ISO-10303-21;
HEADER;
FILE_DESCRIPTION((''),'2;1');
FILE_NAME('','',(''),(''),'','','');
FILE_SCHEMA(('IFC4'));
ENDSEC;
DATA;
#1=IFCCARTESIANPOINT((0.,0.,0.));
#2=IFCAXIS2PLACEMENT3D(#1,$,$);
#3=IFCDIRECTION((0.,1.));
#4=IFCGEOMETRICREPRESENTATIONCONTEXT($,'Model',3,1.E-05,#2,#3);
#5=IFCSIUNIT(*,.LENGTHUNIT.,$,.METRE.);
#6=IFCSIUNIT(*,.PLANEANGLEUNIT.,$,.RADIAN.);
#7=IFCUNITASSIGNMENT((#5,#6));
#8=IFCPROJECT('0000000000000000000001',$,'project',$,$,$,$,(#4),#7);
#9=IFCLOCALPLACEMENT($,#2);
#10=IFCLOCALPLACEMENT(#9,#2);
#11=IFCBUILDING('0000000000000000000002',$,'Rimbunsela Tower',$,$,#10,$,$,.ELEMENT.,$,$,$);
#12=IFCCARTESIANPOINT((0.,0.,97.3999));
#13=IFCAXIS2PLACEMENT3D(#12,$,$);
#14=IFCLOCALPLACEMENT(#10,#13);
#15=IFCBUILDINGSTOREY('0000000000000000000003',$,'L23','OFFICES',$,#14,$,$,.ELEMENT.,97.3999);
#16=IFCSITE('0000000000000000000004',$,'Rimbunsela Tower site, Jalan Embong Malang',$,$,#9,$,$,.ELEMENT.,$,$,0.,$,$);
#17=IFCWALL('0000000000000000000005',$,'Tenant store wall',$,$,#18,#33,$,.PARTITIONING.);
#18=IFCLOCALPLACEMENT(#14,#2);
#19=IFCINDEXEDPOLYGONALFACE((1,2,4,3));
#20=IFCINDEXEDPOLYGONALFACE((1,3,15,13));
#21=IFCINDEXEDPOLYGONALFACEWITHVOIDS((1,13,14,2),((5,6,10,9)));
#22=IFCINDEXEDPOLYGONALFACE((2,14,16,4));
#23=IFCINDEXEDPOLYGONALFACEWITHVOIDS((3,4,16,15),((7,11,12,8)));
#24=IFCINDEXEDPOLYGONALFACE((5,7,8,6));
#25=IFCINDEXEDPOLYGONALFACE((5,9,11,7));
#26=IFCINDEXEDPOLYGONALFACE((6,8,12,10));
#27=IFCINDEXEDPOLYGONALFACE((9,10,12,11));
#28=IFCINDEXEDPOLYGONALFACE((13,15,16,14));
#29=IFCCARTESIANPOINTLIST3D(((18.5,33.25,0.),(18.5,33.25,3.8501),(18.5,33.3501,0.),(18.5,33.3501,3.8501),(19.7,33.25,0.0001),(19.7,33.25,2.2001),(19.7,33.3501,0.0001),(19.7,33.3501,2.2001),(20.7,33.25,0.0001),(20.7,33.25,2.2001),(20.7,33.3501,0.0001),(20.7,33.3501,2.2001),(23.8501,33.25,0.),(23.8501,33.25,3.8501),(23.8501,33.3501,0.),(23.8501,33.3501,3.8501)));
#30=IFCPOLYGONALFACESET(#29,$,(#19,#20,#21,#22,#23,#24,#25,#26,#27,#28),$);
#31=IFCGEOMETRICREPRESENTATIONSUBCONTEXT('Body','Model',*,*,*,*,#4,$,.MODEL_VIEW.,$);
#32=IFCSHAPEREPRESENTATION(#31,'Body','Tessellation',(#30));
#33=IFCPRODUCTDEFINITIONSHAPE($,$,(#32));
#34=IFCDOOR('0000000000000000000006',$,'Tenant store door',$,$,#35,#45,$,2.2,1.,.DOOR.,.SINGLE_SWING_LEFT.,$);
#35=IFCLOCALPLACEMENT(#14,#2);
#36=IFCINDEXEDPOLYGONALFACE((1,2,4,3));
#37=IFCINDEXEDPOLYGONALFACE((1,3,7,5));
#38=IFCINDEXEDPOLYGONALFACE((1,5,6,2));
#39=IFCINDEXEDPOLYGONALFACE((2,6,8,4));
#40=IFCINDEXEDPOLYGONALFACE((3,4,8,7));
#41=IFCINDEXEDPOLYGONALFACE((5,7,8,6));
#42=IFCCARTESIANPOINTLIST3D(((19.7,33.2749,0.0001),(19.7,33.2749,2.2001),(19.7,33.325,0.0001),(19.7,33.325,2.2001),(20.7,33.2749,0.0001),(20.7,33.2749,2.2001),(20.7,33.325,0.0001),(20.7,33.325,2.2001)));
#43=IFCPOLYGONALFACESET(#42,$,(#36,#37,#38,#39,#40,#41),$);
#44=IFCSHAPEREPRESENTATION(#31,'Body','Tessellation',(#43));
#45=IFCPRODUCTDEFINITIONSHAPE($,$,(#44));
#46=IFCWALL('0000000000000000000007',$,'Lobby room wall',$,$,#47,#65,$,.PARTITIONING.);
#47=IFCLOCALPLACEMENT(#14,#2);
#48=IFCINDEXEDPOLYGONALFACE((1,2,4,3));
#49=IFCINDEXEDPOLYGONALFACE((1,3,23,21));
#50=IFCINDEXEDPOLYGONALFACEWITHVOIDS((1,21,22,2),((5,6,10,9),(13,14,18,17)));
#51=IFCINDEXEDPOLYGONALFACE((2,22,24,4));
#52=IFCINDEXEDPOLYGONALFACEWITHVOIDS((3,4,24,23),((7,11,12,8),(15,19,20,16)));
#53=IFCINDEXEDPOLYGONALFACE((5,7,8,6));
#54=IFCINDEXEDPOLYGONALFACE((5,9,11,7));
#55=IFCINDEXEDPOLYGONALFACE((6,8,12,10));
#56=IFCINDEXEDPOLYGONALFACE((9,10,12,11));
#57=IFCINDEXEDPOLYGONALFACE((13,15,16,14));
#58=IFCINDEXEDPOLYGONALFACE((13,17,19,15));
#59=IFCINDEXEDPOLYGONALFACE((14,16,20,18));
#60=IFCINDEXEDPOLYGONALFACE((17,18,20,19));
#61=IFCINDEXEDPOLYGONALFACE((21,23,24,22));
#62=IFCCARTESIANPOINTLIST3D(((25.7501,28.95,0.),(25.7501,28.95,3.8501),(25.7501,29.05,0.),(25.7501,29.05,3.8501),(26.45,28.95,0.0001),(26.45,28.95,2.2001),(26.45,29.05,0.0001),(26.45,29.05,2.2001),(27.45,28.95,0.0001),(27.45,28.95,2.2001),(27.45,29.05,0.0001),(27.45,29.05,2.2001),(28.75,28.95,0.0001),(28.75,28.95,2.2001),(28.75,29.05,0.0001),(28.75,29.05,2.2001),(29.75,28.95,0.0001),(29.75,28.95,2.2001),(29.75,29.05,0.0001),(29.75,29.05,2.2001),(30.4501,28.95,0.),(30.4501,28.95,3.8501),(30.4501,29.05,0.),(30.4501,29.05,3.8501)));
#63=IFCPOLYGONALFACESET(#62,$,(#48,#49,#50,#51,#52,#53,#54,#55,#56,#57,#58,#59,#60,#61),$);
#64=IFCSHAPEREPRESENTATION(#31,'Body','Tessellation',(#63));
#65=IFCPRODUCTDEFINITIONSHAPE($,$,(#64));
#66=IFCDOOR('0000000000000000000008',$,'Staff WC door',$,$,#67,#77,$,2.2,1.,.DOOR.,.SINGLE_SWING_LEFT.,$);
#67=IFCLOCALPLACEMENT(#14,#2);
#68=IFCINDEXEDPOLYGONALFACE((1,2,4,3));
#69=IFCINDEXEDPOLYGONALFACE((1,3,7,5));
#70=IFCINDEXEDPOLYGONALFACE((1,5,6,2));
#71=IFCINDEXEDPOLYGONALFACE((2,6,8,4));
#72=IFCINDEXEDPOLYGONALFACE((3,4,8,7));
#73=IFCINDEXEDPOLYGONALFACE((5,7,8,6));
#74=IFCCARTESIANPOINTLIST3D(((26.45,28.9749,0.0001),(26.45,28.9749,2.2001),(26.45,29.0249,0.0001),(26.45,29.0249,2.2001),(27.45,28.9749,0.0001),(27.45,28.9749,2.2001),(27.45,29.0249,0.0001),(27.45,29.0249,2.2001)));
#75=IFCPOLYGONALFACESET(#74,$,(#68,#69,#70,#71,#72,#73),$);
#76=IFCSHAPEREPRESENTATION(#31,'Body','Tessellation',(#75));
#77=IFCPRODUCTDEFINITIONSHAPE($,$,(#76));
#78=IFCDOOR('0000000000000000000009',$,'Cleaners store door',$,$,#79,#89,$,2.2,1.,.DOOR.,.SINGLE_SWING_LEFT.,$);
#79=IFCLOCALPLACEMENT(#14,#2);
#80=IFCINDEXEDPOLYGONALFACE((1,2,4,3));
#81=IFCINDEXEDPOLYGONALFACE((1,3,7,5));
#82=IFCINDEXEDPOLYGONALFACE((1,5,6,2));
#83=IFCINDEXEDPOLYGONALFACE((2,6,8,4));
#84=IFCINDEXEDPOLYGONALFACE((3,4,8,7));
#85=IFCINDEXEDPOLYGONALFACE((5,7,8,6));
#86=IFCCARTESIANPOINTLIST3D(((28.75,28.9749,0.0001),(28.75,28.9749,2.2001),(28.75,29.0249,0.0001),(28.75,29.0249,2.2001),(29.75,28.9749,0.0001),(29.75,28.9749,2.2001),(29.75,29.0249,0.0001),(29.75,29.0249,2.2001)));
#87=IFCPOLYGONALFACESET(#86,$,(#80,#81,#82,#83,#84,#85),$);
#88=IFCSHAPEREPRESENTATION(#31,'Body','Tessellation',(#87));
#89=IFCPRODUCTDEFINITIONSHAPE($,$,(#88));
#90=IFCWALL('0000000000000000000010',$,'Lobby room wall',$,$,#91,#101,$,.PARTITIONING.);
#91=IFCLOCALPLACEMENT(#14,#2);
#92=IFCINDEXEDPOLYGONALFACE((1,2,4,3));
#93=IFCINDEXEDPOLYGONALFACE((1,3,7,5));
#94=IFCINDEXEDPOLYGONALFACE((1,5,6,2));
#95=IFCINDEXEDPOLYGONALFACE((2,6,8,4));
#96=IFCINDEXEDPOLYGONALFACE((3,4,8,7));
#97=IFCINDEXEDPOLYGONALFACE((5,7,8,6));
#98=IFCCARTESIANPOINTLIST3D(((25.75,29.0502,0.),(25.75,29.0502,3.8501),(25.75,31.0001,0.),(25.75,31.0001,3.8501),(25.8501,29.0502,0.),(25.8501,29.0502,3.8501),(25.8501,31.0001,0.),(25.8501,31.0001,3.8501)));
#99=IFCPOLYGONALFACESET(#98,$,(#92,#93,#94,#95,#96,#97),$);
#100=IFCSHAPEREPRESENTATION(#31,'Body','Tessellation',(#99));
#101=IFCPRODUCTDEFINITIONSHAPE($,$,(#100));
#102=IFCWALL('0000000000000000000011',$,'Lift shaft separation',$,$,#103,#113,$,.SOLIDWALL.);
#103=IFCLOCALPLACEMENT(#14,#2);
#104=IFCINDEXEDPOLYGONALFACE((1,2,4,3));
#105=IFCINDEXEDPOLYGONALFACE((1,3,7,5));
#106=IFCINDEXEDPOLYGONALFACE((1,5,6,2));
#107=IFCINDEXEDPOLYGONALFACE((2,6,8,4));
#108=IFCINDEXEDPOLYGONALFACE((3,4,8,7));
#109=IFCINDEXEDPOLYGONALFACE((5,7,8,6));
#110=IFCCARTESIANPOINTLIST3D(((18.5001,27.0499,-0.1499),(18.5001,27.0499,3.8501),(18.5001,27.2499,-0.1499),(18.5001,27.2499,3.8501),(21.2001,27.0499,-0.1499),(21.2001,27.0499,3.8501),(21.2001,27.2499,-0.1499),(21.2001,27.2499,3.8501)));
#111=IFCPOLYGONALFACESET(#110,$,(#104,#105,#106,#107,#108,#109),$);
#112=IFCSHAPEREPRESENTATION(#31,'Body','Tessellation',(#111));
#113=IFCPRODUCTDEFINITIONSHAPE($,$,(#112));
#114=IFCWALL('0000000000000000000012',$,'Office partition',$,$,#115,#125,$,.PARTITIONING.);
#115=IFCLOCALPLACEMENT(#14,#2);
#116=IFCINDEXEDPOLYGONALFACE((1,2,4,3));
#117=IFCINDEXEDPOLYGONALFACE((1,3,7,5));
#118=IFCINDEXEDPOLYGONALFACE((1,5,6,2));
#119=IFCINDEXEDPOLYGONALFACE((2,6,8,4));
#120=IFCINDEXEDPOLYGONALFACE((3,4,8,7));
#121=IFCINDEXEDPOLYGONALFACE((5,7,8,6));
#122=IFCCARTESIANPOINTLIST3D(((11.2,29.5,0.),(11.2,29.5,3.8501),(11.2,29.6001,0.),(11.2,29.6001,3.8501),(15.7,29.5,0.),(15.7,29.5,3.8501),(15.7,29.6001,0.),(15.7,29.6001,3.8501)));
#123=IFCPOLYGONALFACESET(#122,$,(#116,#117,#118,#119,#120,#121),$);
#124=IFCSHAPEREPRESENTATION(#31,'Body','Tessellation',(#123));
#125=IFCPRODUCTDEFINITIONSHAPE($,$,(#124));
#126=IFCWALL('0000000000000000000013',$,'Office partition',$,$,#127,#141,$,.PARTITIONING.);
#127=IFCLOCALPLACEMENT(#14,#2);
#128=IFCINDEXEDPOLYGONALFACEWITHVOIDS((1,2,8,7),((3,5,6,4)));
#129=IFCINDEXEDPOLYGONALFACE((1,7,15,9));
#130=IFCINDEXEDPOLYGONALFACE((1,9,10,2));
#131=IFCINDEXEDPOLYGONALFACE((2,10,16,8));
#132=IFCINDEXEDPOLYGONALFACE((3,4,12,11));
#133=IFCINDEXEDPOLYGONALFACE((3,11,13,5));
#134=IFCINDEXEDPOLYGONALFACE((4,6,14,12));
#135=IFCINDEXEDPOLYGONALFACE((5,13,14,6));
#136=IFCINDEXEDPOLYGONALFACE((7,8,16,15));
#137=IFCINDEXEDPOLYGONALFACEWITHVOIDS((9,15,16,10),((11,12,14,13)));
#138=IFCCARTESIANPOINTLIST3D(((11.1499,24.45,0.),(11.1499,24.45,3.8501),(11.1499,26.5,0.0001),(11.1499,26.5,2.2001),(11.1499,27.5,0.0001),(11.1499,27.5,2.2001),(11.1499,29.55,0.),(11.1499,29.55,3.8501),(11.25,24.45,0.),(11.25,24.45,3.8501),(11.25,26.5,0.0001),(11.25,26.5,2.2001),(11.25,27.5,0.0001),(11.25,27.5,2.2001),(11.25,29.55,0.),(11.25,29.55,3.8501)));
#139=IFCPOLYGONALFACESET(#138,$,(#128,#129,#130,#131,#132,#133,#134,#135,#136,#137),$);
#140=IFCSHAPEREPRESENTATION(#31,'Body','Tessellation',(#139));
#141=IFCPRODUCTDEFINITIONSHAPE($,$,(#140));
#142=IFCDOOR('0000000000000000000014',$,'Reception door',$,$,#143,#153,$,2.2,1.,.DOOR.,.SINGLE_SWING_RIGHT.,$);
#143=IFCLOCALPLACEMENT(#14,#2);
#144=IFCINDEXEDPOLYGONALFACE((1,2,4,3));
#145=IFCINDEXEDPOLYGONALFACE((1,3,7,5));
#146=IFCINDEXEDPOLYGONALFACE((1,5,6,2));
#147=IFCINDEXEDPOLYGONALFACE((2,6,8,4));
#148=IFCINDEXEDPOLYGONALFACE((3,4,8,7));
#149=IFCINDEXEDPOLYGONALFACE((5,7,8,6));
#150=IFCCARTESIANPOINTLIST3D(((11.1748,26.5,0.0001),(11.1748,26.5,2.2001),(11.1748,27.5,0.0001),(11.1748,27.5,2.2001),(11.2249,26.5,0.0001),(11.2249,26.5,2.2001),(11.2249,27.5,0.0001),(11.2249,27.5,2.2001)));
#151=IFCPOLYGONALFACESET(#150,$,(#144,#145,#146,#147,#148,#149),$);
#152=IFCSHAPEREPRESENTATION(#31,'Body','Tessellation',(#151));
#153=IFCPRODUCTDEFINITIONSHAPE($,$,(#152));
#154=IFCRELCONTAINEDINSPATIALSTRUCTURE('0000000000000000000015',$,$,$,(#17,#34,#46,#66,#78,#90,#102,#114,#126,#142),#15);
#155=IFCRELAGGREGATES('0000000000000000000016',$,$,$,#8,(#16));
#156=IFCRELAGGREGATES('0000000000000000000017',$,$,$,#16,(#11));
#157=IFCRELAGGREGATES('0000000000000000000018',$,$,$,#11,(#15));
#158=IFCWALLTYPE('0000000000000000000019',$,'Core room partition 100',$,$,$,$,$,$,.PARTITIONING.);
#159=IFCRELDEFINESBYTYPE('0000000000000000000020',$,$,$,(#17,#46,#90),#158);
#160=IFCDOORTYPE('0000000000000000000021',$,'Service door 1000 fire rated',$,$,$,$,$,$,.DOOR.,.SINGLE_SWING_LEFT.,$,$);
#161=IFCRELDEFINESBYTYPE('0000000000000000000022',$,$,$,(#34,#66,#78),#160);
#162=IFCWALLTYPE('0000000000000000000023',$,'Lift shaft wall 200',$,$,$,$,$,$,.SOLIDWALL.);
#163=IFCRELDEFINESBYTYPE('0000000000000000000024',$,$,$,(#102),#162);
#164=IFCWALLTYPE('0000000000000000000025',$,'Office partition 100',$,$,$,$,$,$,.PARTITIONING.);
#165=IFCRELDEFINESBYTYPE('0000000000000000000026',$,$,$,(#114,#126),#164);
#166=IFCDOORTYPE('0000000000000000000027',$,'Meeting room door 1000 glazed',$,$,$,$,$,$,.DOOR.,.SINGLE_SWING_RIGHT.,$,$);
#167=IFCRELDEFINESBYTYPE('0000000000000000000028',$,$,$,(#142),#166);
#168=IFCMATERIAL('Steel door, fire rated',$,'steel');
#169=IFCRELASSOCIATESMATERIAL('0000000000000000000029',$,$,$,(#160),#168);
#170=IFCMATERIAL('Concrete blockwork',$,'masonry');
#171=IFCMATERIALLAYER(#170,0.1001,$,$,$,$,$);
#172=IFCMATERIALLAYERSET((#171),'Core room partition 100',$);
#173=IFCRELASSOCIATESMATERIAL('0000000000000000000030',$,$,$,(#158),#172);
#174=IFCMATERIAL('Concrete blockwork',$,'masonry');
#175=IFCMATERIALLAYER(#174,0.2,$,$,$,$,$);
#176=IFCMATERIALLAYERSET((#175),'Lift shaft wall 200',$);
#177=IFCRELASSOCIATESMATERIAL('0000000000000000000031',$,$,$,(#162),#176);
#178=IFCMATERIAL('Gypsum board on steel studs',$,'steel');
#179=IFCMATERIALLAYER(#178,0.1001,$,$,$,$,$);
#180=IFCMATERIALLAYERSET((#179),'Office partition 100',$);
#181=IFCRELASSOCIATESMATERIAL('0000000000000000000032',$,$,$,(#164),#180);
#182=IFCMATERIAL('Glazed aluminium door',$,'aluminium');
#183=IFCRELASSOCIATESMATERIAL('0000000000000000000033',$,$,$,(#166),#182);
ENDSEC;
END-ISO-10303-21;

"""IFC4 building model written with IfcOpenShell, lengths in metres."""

from ifc_helpers import new_model, si_unit, direction, frame, frame_2d, origin, place, context, subcontext, project, spatial, rectangle, extrude, material, layer, layer_set, type_object, element, fill, save


model = new_model("IFC4")

# Units and contexts
model_context = context("Model", 3, precision=1e-05, world=origin(), true_north=direction((0.0, 1.0)))
body_context = subcontext(model_context, "Body", "Model", "MODEL_VIEW")
ifc_project = project(units=[si_unit("LENGTHUNIT", "METRE"), si_unit("PLANEANGLEUNIT", "RADIAN")], contexts=[model_context])

# Site, building, storey
site_placement = place(None, origin())
site = spatial("IfcSite", under=ifc_project, at=site_placement, Name="Rimbunsela Tower site, Jalan Embong Malang", CompositionType="ELEMENT", RefElevation=0.0)
building_placement = place(site_placement, origin())
building = spatial("IfcBuilding", under=site, at=building_placement, Name="Rimbunsela Tower", CompositionType="ELEMENT")
storey_placement = place(building_placement, frame((0.0, 0.0, 97.3999)))
storey = spatial("IfcBuildingStorey", under=building, at=storey_placement, Name="L23", Description="OFFICES", CompositionType="ELEMENT", Elevation=97.3999)

# Shared definitions
ifc_material_1 = material(Name="Steel door, fire rated", Category="steel")
door_type_1 = type_object("IfcDoorType", Name="Service door 1000 fire rated", OperationType="SINGLE_SWING_LEFT", PredefinedType="DOOR", material=ifc_material_1)

# Wall, opening, door
ifc_material_2 = material(Name="Concrete blockwork", Category="masonry")
ifc_layer_1 = layer(ifc_material_2, 0.1001)
ifc_layer_set_1 = layer_set([ifc_layer_1], Name="Core room partition 100")
wall_type_1 = type_object("IfcWallType", Name="Core room partition 100", PredefinedType="PARTITIONING", material=ifc_layer_set_1)
wall_1_placement = place(storey_placement, frame((18.5, 33.3, 0.0), z_axis=(0.0, 0.0, 1.0), x_axis=(1.0, 0.0, 0.0)))
wall_1 = element("IfcWall", 1, at=wall_1_placement, inside=storey, type_object=wall_type_1, Name="Tenant store wall", PredefinedType="PARTITIONING", context=body_context, shape_type="SweptSolid", body=[
    extrude(rectangle(XDim=5.3501, YDim=0.1001, at=frame_2d((2.675, 0.0))), origin(), (0.0, 0.0, 1.0), 3.8501),
])
opening_1_placement = place(wall_1_placement, frame((1.2, 0.0, 0.0)))
opening_1 = element("IfcOpeningElement", 2, at=opening_1_placement, cuts=wall_1, PredefinedType="OPENING", context=body_context, shape_type="SweptSolid", body=[
    extrude(rectangle(XDim=1.0, YDim=2.2, at=frame_2d((0.5, 1.1001))), frame((0.0, 0.0601, 0.0), z_axis=(0.0, -1.0, 0.0), x_axis=(1.0, 0.0, 0.0)), (0.0, 0.0, 1.0), 0.1201),
])
door_1_placement = place(opening_1_placement, origin())
door_1 = element("IfcDoor", 3, at=door_1_placement, inside=storey, type_object=door_type_1, Name="Tenant store door", OperationType="SINGLE_SWING_LEFT", OverallHeight=2.2, OverallWidth=1.0, PredefinedType="DOOR", context=body_context, shape_type="SweptSolid", body=[
    extrude(rectangle(XDim=1.0, YDim=2.2, at=frame_2d((0.5, 1.1001))), frame((0.0, 0.0249, 0.0), z_axis=(0.0, -1.0, 0.0), x_axis=(1.0, 0.0, 0.0)), (0.0, 0.0, 1.0), 0.05),
])
fill(opening_1, door_1)

# Wall, openings, doors
wall_2_placement = place(storey_placement, frame((25.75, 29.0, 0.0), z_axis=(0.0, 0.0, 1.0), x_axis=(1.0, 0.0, 0.0)))
wall_2 = element("IfcWall", 4, at=wall_2_placement, inside=storey, type_object=wall_type_1, Name="Lobby room wall", PredefinedType="PARTITIONING", context=body_context, shape_type="SweptSolid", body=[
    extrude(rectangle(XDim=4.7, YDim=0.1001, at=frame_2d((2.3501, 0.0))), origin(), (0.0, 0.0, 1.0), 3.8501),
])
opening_2_placement = place(wall_2_placement, frame((0.7, 0.0, 0.0)))
opening_2 = element("IfcOpeningElement", 5, at=opening_2_placement, cuts=wall_2, PredefinedType="OPENING", context=body_context, shape_type="SweptSolid", body=[
    extrude(rectangle(XDim=1.0, YDim=2.2, at=frame_2d((0.5, 1.1001))), frame((0.0, 0.0601, 0.0), z_axis=(0.0, -1.0, 0.0), x_axis=(1.0, 0.0, 0.0)), (0.0, 0.0, 1.0), 0.1201),
])
opening_3_placement = place(wall_2_placement, frame((3.0, 0.0, 0.0)))
opening_3 = element("IfcOpeningElement", 6, at=opening_3_placement, cuts=wall_2, PredefinedType="OPENING", context=body_context, shape_type="SweptSolid", body=[
    extrude(rectangle(XDim=1.0, YDim=2.2, at=frame_2d((0.5, 1.1001))), frame((0.0, 0.0601, 0.0), z_axis=(0.0, -1.0, 0.0), x_axis=(1.0, 0.0, 0.0)), (0.0, 0.0, 1.0), 0.1201),
])
door_2_placement = place(opening_2_placement, origin())
door_2 = element("IfcDoor", 7, at=door_2_placement, inside=storey, type_object=door_type_1, Name="Staff WC door", OperationType="SINGLE_SWING_LEFT", OverallHeight=2.2, OverallWidth=1.0, PredefinedType="DOOR", context=body_context, shape_type="SweptSolid", body=[
    extrude(rectangle(XDim=1.0, YDim=2.2, at=frame_2d((0.5, 1.1001))), frame((0.0, 0.0249, 0.0), z_axis=(0.0, -1.0, 0.0), x_axis=(1.0, 0.0, 0.0)), (0.0, 0.0, 1.0), 0.05),
])
fill(opening_2, door_2)
door_3_placement = place(opening_3_placement, origin())
door_3 = element("IfcDoor", 8, at=door_3_placement, inside=storey, type_object=door_type_1, Name="Cleaners store door", OperationType="SINGLE_SWING_LEFT", OverallHeight=2.2, OverallWidth=1.0, PredefinedType="DOOR", context=body_context, shape_type="SweptSolid", body=[
    extrude(rectangle(XDim=1.0, YDim=2.2, at=frame_2d((0.5, 1.1001))), frame((0.0, 0.0249, 0.0), z_axis=(0.0, -1.0, 0.0), x_axis=(1.0, 0.0, 0.0)), (0.0, 0.0, 1.0), 0.05),
])
fill(opening_3, door_3)

# Walls
wall_3_placement = place(storey_placement, frame((25.8, 29.05, 0.0), z_axis=(0.0, 0.0, 1.0), x_axis=(0.0, 1.0, 0.0)))
element("IfcWall", 9, at=wall_3_placement, inside=storey, type_object=wall_type_1, Name="Lobby room wall", PredefinedType="PARTITIONING", context=body_context, shape_type="SweptSolid", body=[
    extrude(rectangle(XDim=1.95, YDim=0.1001, at=frame_2d((0.9751, 0.0))), origin(), (0.0, 0.0, 1.0), 3.8501),
])
ifc_material_3 = material(Name="Concrete blockwork", Category="masonry")
ifc_layer_2 = layer(ifc_material_3, 0.2)
ifc_layer_set_2 = layer_set([ifc_layer_2], Name="Lift shaft wall 200")
wall_type_2 = type_object("IfcWallType", Name="Lift shaft wall 200", PredefinedType="SOLIDWALL", material=ifc_layer_set_2)
wall_4_placement = place(storey_placement, frame((18.5, 27.1499, -0.1499), z_axis=(0.0, 0.0, 1.0), x_axis=(1.0, 0.0, 0.0)))
element("IfcWall", 10, at=wall_4_placement, inside=storey, type_object=wall_type_2, Name="Lift shaft separation", PredefinedType="SOLIDWALL", context=body_context, shape_type="SweptSolid", body=[
    extrude(rectangle(XDim=2.7, YDim=0.2, at=frame_2d((1.3501, 0.0))), origin(), (0.0, 0.0, 1.0), 4.0),
])
ifc_material_4 = material(Name="Gypsum board on steel studs", Category="steel")
ifc_layer_3 = layer(ifc_material_4, 0.1001)
ifc_layer_set_3 = layer_set([ifc_layer_3], Name="Office partition 100")
wall_type_3 = type_object("IfcWallType", Name="Office partition 100", PredefinedType="PARTITIONING", material=ifc_layer_set_3)
wall_5_placement = place(storey_placement, frame((15.7, 29.55, 0.0), z_axis=(0.0, 0.0, 1.0), x_axis=(-1.0, 0.0, 0.0)))
element("IfcWall", 11, at=wall_5_placement, inside=storey, type_object=wall_type_3, Name="Office partition", PredefinedType="PARTITIONING", context=body_context, shape_type="SweptSolid", body=[
    extrude(rectangle(XDim=4.5, YDim=0.1001, at=frame_2d((2.25, 0.0))), origin(), (0.0, 0.0, 1.0), 3.8501),
])

# Wall, opening, door
wall_6_placement = place(storey_placement, frame((11.2, 29.55, 0.0), z_axis=(0.0, 0.0, 1.0), x_axis=(0.0, -1.0, 0.0)))
wall_6 = element("IfcWall", 12, at=wall_6_placement, inside=storey, type_object=wall_type_3, Name="Office partition", PredefinedType="PARTITIONING", context=body_context, shape_type="SweptSolid", body=[
    extrude(rectangle(XDim=5.1001, YDim=0.1001, at=frame_2d((2.55, 0.0))), origin(), (0.0, 0.0, 1.0), 3.8501),
])
opening_4_placement = place(wall_6_placement, frame((2.05, 0.0, 0.0)))
opening_4 = element("IfcOpeningElement", 13, at=opening_4_placement, cuts=wall_6, PredefinedType="OPENING", context=body_context, shape_type="SweptSolid", body=[
    extrude(rectangle(XDim=1.0, YDim=2.2, at=frame_2d((0.5, 1.1001))), frame((0.0, 0.0601, 0.0), z_axis=(0.0, -1.0, 0.0), x_axis=(1.0, 0.0, 0.0)), (0.0, 0.0, 1.0), 0.1201),
])
ifc_material_5 = material(Name="Glazed aluminium door", Category="aluminium")
door_type_2 = type_object("IfcDoorType", Name="Meeting room door 1000 glazed", OperationType="SINGLE_SWING_RIGHT", PredefinedType="DOOR", material=ifc_material_5)
door_4_placement = place(opening_4_placement, origin())
door_4 = element("IfcDoor", 14, at=door_4_placement, inside=storey, type_object=door_type_2, Name="Reception door", OperationType="SINGLE_SWING_RIGHT", OverallHeight=2.2, OverallWidth=1.0, PredefinedType="DOOR", context=body_context, shape_type="SweptSolid", body=[
    extrude(rectangle(XDim=1.0, YDim=2.2, at=frame_2d((0.5, 1.1001))), frame((0.0, 0.0249, 0.0), z_axis=(0.0, -1.0, 0.0), x_axis=(1.0, 0.0, 0.0)), (0.0, 0.0, 1.0), 0.05),
])
fill(opening_4, door_4)

save(model, "model.ifc")
